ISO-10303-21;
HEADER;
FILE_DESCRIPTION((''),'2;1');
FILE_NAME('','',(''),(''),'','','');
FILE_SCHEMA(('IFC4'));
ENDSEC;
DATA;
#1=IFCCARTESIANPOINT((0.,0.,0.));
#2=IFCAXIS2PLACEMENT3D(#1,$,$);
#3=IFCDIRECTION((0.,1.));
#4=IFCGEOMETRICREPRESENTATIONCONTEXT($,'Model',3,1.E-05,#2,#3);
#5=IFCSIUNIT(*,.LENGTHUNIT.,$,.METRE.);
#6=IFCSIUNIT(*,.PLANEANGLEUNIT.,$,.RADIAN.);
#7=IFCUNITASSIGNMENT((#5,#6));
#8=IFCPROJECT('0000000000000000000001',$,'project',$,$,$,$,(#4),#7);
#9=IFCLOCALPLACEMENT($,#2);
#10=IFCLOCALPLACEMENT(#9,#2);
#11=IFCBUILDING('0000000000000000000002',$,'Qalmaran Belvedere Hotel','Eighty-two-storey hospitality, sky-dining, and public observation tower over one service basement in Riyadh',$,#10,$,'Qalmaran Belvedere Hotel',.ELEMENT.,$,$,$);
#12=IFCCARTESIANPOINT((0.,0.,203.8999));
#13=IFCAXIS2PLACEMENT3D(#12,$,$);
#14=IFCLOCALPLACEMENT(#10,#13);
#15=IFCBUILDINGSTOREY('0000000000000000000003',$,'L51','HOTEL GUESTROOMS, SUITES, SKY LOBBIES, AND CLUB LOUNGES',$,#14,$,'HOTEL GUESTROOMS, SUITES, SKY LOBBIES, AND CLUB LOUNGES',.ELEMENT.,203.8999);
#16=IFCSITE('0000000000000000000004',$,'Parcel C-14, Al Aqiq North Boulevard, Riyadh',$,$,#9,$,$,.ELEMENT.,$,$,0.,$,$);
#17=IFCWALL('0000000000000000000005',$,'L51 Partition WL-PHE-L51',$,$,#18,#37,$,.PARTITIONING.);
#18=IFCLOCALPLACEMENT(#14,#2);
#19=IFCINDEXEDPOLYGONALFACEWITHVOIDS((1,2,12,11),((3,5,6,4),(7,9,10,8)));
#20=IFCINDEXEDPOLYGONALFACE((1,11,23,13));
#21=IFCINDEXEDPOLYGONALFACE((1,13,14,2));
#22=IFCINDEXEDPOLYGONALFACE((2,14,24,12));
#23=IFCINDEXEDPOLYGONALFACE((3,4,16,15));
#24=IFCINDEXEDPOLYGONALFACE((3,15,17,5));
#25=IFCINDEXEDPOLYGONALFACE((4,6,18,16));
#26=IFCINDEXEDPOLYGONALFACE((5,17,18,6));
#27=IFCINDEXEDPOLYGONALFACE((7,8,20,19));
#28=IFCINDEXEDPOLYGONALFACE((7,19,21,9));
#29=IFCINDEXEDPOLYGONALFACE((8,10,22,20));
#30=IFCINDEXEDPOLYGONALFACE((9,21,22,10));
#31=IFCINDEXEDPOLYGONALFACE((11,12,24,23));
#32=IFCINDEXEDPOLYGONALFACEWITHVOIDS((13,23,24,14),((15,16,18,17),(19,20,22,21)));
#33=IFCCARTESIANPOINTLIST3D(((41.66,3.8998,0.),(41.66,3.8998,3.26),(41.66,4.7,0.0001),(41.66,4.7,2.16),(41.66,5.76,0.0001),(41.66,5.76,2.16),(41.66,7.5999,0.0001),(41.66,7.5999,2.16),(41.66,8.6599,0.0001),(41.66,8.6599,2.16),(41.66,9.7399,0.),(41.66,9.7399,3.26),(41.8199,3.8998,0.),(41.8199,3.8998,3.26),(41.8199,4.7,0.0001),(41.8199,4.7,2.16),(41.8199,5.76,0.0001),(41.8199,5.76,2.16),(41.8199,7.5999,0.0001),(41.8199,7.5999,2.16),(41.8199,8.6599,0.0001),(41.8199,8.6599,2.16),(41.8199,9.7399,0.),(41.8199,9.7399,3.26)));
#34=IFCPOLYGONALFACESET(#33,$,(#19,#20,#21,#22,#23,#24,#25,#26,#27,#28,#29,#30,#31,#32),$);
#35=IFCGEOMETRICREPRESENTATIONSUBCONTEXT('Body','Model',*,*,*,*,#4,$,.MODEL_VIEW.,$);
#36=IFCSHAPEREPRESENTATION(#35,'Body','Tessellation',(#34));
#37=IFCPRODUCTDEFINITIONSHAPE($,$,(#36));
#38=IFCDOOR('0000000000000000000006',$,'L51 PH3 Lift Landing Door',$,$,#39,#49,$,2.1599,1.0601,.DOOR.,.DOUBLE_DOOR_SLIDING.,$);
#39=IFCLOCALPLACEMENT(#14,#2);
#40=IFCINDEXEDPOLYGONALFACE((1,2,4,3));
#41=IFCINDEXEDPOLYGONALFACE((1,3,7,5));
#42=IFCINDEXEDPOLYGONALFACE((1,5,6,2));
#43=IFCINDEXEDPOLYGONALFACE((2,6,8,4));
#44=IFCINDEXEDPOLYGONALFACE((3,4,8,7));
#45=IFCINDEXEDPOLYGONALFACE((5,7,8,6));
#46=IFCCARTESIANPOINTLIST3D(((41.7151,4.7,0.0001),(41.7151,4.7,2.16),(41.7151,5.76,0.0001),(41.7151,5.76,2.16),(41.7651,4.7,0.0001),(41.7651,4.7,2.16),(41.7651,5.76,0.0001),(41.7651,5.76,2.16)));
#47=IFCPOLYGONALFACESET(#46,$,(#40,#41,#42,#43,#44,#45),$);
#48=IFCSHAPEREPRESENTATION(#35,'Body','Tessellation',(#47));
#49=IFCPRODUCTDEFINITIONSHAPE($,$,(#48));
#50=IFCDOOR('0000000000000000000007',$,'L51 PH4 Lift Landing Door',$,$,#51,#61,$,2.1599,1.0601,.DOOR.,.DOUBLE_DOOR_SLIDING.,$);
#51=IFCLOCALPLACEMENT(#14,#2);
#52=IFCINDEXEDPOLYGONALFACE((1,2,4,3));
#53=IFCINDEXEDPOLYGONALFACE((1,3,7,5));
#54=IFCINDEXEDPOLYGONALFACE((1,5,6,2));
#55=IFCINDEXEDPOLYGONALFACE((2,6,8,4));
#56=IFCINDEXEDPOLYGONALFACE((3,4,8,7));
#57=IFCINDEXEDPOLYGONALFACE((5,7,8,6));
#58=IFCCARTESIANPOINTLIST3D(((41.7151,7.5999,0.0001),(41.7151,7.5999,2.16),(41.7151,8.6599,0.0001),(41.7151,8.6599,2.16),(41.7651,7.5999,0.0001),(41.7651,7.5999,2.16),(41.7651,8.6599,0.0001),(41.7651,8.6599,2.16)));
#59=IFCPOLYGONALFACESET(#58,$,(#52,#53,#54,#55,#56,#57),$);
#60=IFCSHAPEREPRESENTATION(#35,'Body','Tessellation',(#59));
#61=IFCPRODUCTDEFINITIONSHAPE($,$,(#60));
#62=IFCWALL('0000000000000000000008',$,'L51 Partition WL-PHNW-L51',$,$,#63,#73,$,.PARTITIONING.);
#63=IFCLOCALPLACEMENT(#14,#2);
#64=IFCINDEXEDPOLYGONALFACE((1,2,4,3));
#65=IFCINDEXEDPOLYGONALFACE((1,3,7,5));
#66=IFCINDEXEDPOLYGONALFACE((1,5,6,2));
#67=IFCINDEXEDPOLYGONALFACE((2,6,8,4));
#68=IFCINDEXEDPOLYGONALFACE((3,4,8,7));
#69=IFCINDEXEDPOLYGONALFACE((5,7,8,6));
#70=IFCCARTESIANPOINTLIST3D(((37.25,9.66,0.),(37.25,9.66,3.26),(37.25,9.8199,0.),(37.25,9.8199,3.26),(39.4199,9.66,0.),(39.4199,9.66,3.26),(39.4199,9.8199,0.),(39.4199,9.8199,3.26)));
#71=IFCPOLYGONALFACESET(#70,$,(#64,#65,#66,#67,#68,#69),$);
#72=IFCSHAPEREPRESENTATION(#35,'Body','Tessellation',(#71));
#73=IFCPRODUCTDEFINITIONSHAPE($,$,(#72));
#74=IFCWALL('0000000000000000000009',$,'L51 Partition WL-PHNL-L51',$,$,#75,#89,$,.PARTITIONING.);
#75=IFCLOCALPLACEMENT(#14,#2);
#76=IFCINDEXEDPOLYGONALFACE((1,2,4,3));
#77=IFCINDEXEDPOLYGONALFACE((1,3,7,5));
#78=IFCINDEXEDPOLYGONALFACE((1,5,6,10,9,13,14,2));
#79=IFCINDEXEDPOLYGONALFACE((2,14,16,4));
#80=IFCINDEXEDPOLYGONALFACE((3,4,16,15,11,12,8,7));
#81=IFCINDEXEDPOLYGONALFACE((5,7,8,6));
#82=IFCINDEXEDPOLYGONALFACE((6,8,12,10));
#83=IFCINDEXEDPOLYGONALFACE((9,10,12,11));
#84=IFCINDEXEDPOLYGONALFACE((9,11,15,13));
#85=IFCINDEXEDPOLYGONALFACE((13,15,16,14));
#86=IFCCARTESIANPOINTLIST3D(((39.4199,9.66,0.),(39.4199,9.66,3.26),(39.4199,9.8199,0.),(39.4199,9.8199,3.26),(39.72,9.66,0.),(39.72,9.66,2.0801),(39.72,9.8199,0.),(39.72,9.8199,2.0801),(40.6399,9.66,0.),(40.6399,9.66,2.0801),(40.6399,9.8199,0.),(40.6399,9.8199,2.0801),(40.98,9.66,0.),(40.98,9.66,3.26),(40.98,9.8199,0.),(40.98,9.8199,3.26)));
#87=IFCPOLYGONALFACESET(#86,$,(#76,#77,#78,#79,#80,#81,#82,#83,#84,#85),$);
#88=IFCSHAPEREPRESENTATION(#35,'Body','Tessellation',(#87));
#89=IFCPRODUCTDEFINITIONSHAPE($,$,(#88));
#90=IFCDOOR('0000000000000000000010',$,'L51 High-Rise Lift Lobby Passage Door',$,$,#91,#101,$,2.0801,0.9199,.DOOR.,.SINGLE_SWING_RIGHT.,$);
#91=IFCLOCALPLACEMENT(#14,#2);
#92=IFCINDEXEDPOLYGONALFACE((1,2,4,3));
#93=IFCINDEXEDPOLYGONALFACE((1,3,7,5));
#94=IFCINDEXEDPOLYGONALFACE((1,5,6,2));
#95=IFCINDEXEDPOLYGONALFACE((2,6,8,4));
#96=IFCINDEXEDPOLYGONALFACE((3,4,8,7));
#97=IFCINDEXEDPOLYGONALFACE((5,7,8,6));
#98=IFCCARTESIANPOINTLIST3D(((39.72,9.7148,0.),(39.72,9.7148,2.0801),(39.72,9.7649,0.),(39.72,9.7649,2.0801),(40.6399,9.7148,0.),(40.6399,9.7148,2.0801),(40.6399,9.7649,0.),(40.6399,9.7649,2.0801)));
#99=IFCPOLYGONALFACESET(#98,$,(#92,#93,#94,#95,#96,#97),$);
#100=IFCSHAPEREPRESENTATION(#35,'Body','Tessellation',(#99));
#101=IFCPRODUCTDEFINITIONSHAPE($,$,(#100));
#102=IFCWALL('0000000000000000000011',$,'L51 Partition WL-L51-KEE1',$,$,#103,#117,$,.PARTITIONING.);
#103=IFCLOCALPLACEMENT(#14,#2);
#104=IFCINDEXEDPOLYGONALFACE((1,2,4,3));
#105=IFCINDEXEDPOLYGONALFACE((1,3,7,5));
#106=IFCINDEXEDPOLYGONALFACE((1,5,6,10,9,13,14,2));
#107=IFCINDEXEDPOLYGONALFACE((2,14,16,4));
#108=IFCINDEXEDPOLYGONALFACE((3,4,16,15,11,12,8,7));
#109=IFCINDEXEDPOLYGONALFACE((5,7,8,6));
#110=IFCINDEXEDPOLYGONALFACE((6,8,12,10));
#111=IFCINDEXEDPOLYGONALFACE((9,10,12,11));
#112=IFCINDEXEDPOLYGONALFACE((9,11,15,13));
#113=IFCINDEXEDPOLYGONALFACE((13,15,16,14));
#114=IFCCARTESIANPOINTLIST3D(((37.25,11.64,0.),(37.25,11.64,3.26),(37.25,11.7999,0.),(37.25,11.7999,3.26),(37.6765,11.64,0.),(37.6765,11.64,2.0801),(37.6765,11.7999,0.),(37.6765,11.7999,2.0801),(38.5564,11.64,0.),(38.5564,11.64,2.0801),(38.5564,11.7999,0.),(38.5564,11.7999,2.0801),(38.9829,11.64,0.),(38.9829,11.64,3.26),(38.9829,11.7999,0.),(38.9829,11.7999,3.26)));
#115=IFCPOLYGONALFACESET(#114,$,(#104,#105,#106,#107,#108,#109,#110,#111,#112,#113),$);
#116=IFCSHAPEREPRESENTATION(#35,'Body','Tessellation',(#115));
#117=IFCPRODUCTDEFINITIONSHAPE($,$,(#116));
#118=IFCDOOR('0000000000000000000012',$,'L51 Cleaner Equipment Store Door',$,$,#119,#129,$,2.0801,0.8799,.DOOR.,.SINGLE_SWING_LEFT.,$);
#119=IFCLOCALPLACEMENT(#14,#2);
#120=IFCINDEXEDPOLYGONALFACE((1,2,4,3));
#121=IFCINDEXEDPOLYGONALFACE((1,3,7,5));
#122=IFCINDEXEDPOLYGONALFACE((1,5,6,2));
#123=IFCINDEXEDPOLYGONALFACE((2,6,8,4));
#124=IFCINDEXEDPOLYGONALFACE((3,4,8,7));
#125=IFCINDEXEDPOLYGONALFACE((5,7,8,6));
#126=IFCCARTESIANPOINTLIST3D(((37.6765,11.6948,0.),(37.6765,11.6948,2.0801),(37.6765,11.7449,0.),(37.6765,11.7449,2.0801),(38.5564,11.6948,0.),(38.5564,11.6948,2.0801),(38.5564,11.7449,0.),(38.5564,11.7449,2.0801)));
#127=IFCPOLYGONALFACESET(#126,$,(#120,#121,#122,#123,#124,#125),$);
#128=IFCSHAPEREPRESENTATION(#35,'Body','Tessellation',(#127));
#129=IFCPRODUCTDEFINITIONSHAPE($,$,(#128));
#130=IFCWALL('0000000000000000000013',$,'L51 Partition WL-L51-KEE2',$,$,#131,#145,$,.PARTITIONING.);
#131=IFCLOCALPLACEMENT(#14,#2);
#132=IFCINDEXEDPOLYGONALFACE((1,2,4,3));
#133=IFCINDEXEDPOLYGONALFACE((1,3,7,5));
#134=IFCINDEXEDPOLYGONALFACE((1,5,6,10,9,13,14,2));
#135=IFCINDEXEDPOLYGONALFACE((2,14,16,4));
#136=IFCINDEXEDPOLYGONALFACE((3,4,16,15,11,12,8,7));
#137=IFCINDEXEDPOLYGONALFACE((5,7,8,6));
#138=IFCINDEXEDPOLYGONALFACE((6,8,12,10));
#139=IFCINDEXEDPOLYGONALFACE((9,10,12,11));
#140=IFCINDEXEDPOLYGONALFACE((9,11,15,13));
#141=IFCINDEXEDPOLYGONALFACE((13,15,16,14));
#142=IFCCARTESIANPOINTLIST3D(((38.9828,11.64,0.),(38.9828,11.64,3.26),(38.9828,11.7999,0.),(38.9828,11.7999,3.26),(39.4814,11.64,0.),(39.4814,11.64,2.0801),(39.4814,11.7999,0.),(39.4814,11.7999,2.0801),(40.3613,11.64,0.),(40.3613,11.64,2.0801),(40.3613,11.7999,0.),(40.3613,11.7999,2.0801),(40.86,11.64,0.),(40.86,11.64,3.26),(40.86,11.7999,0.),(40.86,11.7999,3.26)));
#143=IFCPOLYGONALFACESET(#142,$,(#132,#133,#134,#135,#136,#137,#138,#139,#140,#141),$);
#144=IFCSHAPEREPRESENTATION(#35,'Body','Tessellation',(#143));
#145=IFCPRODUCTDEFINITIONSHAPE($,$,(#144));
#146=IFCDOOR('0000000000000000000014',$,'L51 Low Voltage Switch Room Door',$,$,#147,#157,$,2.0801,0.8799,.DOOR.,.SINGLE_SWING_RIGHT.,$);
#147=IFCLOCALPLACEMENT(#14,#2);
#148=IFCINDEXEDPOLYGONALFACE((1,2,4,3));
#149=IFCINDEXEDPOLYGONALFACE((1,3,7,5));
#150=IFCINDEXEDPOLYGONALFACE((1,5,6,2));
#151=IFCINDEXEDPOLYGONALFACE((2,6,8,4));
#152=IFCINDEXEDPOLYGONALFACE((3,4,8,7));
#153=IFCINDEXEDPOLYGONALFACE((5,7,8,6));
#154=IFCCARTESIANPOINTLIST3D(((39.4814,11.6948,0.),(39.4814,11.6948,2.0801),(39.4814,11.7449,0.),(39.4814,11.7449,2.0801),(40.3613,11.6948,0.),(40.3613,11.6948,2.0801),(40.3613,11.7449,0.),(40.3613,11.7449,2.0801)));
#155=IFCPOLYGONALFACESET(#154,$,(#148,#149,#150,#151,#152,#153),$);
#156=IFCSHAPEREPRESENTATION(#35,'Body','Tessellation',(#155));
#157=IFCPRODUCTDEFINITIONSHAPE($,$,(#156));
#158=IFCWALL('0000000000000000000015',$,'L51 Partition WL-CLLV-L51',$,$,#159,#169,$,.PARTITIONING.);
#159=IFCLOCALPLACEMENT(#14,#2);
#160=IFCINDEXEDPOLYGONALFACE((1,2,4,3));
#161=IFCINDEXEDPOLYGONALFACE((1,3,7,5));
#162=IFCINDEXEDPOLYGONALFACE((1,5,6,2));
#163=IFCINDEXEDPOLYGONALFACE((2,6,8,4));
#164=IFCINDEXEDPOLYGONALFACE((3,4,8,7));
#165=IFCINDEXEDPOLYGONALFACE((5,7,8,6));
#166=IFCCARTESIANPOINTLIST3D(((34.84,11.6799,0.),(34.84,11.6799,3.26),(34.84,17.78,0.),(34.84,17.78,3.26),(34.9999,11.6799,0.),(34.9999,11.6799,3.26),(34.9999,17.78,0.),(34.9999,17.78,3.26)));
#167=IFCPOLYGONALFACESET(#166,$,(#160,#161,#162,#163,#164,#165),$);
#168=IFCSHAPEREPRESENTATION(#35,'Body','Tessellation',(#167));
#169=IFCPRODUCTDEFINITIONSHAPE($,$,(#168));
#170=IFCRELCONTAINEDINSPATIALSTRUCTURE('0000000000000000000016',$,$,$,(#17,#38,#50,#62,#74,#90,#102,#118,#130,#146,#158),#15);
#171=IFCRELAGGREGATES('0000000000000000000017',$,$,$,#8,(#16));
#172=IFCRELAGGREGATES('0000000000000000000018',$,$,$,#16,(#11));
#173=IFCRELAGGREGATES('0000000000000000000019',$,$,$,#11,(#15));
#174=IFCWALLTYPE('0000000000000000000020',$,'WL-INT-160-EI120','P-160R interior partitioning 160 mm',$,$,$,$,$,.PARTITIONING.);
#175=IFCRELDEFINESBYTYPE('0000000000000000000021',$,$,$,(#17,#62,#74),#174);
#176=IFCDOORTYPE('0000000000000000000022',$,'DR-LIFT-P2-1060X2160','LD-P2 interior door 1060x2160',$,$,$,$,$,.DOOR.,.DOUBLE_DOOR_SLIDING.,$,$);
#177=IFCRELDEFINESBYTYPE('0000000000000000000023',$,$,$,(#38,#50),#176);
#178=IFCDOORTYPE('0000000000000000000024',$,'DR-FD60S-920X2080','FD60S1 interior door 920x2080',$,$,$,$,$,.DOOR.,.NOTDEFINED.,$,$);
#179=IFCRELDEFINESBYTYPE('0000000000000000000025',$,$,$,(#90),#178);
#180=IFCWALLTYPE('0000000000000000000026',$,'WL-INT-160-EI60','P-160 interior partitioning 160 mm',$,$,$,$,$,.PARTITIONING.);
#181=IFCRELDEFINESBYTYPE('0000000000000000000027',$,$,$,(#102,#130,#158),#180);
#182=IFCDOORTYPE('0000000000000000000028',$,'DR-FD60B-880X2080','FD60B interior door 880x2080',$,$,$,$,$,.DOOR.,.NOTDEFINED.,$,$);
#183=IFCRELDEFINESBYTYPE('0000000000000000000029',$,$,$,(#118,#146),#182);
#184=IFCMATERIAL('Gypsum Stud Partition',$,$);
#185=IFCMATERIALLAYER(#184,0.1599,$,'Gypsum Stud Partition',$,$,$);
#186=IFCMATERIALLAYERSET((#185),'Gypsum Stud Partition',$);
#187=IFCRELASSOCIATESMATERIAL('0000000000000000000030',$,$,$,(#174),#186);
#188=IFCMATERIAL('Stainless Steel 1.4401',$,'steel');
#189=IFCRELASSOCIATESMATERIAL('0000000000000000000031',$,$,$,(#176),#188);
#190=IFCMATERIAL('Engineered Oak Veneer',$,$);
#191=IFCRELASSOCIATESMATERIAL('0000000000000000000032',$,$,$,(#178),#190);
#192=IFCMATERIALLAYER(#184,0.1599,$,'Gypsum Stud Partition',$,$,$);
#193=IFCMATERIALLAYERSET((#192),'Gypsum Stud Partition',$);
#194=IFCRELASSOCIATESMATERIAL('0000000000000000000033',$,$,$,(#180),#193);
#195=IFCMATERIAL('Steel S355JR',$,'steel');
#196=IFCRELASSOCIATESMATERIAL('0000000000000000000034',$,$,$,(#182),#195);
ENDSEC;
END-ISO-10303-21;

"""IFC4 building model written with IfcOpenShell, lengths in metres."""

from ifc_helpers import new_model, si_unit, direction, frame, frame_2d, origin, place, context, subcontext, project, spatial, rectangle, extrude, material, layer, layer_set, type_object, element, fill, save


model = new_model("IFC4")

# Units and contexts
model_context = context("Model", 3, precision=1e-05, world=origin(), true_north=direction((0.0, 1.0)))
body_context = subcontext(model_context, "Body", "Model", "MODEL_VIEW")
ifc_project = project(units=[si_unit("LENGTHUNIT", "METRE"), si_unit("PLANEANGLEUNIT", "RADIAN")], contexts=[model_context])

# Site, building, storey
site_placement = place(None, origin())
site = spatial("IfcSite", under=ifc_project, at=site_placement, Name="Parcel C-14, Al Aqiq North Boulevard, Riyadh", CompositionType="ELEMENT", RefElevation=0.0)
building_placement = place(site_placement, origin())
building = spatial("IfcBuilding", under=site, at=building_placement, Name="Qalmaran Belvedere Hotel", Description="Eighty-two-storey hospitality, sky-dining, and public observation tower over one service basement in Riyadh", LongName="Qalmaran Belvedere Hotel", CompositionType="ELEMENT")
storey_placement = place(building_placement, frame((0.0, 0.0, 203.8999)))
storey = spatial("IfcBuildingStorey", under=building, at=storey_placement, Name="L51", Description="HOTEL GUESTROOMS, SUITES, SKY LOBBIES, AND CLUB LOUNGES", LongName="HOTEL GUESTROOMS, SUITES, SKY LOBBIES, AND CLUB LOUNGES", CompositionType="ELEMENT", Elevation=203.8999)

# Shared definitions
ifc_material_1 = material(Name="Steel S355JR", Category="steel")

# Shared definitions
ifc_material_2 = material(Name="Gypsum Stud Partition")

# Wall, openings, doors
ifc_layer_1 = layer(ifc_material_2, 0.1599, Name="Gypsum Stud Partition")
ifc_layer_set_1 = layer_set([ifc_layer_1], Name="Gypsum Stud Partition")
wall_type_1 = type_object("IfcWallType", Name="WL-INT-160-EI120", Description="P-160R interior partitioning 160 mm", PredefinedType="PARTITIONING", material=ifc_layer_set_1)
ifc_material_3 = material(Name="Stainless Steel 1.4401", Category="steel")
door_type_1 = type_object("IfcDoorType", Name="DR-LIFT-P2-1060X2160", Description="LD-P2 interior door 1060x2160", OperationType="DOUBLE_DOOR_SLIDING", PredefinedType="DOOR", material=ifc_material_3)
wall_1_placement = place(storey_placement, frame((41.74, 3.8999, 0.0), z_axis=(0.0, 0.0, 1.0), x_axis=(0.0, 1.0, 0.0)))
wall_1 = element("IfcWall", 1, at=wall_1_placement, inside=storey, type_object=wall_type_1, Name="L51 Partition WL-PHE-L51", PredefinedType="PARTITIONING", context=body_context, shape_type="SweptSolid", body=[
    extrude(rectangle(XDim=5.8401, YDim=0.1599, at=frame_2d((2.9199, 0.0))), origin(), (0.0, 0.0, 1.0), 3.26),
])
opening_1_placement = place(wall_1_placement, frame((0.8, 0.0, 0.0)))
opening_1 = element("IfcOpeningElement", 2, at=opening_1_placement, cuts=wall_1, PredefinedType="OPENING", context=body_context, shape_type="SweptSolid", body=[
    extrude(rectangle(XDim=1.0601, YDim=2.1599, at=frame_2d((0.53, 1.0801))), frame((0.0, 0.0898, 0.0), z_axis=(0.0, -1.0, 0.0), x_axis=(1.0, 0.0, 0.0)), (0.0, 0.0, 1.0), 0.1799),
])
opening_2_placement = place(wall_1_placement, frame((3.7, 0.0, 0.0)))
opening_2 = element("IfcOpeningElement", 3, at=opening_2_placement, cuts=wall_1, PredefinedType="OPENING", context=body_context, shape_type="SweptSolid", body=[
    extrude(rectangle(XDim=1.0601, YDim=2.1599, at=frame_2d((0.53, 1.0801))), frame((0.0, 0.0898, 0.0), z_axis=(0.0, -1.0, 0.0), x_axis=(1.0, 0.0, 0.0)), (0.0, 0.0, 1.0), 0.1799),
])
door_1_placement = place(opening_1_placement, origin())
door_1 = element("IfcDoor", 4, at=door_1_placement, inside=storey, type_object=door_type_1, Name="L51 PH3 Lift Landing Door", OperationType="DOUBLE_DOOR_SLIDING", OverallHeight=2.1599, OverallWidth=1.0601, PredefinedType="DOOR", context=body_context, shape_type="SweptSolid", body=[
    extrude(rectangle(XDim=1.0601, YDim=2.1599, at=frame_2d((0.53, 1.0801))), frame((0.0, 0.0249, 0.0), z_axis=(0.0, -1.0, 0.0), x_axis=(1.0, 0.0, 0.0)), (0.0, 0.0, 1.0), 0.05),
])
fill(opening_1, door_1)
door_2_placement = place(opening_2_placement, origin())
door_2 = element("IfcDoor", 5, at=door_2_placement, inside=storey, type_object=door_type_1, Name="L51 PH4 Lift Landing Door", OperationType="DOUBLE_DOOR_SLIDING", OverallHeight=2.1599, OverallWidth=1.0601, PredefinedType="DOOR", context=body_context, shape_type="SweptSolid", body=[
    extrude(rectangle(XDim=1.0601, YDim=2.1599, at=frame_2d((0.53, 1.0801))), frame((0.0, 0.0249, 0.0), z_axis=(0.0, -1.0, 0.0), x_axis=(1.0, 0.0, 0.0)), (0.0, 0.0, 1.0), 0.05),
])
fill(opening_2, door_2)

# Wall
wall_2_placement = place(storey_placement, frame((37.25, 9.74, 0.0), z_axis=(0.0, 0.0, 1.0), x_axis=(1.0, 0.0, 0.0)))
element("IfcWall", 6, at=wall_2_placement, inside=storey, type_object=wall_type_1, Name="L51 Partition WL-PHNW-L51", PredefinedType="PARTITIONING", context=body_context, shape_type="SweptSolid", body=[
    extrude(rectangle(XDim=2.1699, YDim=0.1599, at=frame_2d((1.085, 0.0))), origin(), (0.0, 0.0, 1.0), 3.26),
])

# Walls, openings, doors
wall_3_placement = place(storey_placement, frame((39.4199, 9.74, 0.0), z_axis=(0.0, 0.0, 1.0), x_axis=(1.0, 0.0, 0.0)))
wall_3 = element("IfcWall", 7, at=wall_3_placement, inside=storey, type_object=wall_type_1, Name="L51 Partition WL-PHNL-L51", PredefinedType="PARTITIONING", context=body_context, shape_type="SweptSolid", body=[
    extrude(rectangle(XDim=1.5601, YDim=0.1599, at=frame_2d((0.78, 0.0))), origin(), (0.0, 0.0, 1.0), 3.26),
])
opening_3_placement = place(wall_3_placement, frame((0.3, 0.0, 0.0)))
opening_3 = element("IfcOpeningElement", 8, at=opening_3_placement, cuts=wall_3, PredefinedType="OPENING", context=body_context, shape_type="SweptSolid", body=[
    extrude(rectangle(XDim=0.9199, YDim=2.0801, at=frame_2d((0.46, 1.04))), frame((0.0, 0.0898, 0.0), z_axis=(0.0, -1.0, 0.0), x_axis=(1.0, 0.0, 0.0)), (0.0, 0.0, 1.0), 0.1799),
])
ifc_material_4 = material(Name="Engineered Oak Veneer")
door_type_2 = type_object("IfcDoorType", Name="DR-FD60S-920X2080", Description="FD60S1 interior door 920x2080", OperationType="NOTDEFINED", PredefinedType="DOOR", material=ifc_material_4)
door_3_placement = place(opening_3_placement, origin())
door_3 = element("IfcDoor", 9, at=door_3_placement, inside=storey, type_object=door_type_2, Name="L51 High-Rise Lift Lobby Passage Door", OperationType="SINGLE_SWING_RIGHT", OverallHeight=2.0801, OverallWidth=0.9199, PredefinedType="DOOR", context=body_context, shape_type="SweptSolid", body=[
    extrude(rectangle(XDim=0.9199, YDim=2.0801, at=frame_2d((0.46, 1.04))), frame((0.0, 0.0249, 0.0), z_axis=(0.0, -1.0, 0.0), x_axis=(1.0, 0.0, 0.0)), (0.0, 0.0, 1.0), 0.05),
])
fill(opening_3, door_3)
ifc_layer_2 = layer(ifc_material_2, 0.1599, Name="Gypsum Stud Partition")
ifc_layer_set_2 = layer_set([ifc_layer_2], Name="Gypsum Stud Partition")
wall_type_2 = type_object("IfcWallType", Name="WL-INT-160-EI60", Description="P-160 interior partitioning 160 mm", PredefinedType="PARTITIONING", material=ifc_layer_set_2)
wall_4_placement = place(storey_placement, frame((37.25, 11.72, 0.0), z_axis=(0.0, 0.0, 1.0), x_axis=(1.0, 0.0, 0.0)))
wall_4 = element("IfcWall", 10, at=wall_4_placement, inside=storey, type_object=wall_type_2, Name="L51 Partition WL-L51-KEE1", PredefinedType="PARTITIONING", context=body_context, shape_type="SweptSolid", body=[
    extrude(rectangle(XDim=1.7329, YDim=0.1599, at=frame_2d((0.8665, 0.0))), origin(), (0.0, 0.0, 1.0), 3.26),
])
opening_4_placement = place(wall_4_placement, frame((0.4265, 0.0, 0.0)))
opening_4 = element("IfcOpeningElement", 11, at=opening_4_placement, cuts=wall_4, PredefinedType="OPENING", context=body_context, shape_type="SweptSolid", body=[
    extrude(rectangle(XDim=0.8799, YDim=2.0801, at=frame_2d((0.4399, 1.04))), frame((0.0, 0.0898, 0.0), z_axis=(0.0, -1.0, 0.0), x_axis=(1.0, 0.0, 0.0)), (0.0, 0.0, 1.0), 0.1799),
])
door_type_3 = type_object("IfcDoorType", Name="DR-FD60B-880X2080", Description="FD60B interior door 880x2080", OperationType="NOTDEFINED", PredefinedType="DOOR", material=ifc_material_1)
door_4_placement = place(opening_4_placement, origin())
door_4 = element("IfcDoor", 12, at=door_4_placement, inside=storey, type_object=door_type_3, Name="L51 Cleaner Equipment Store Door", OperationType="SINGLE_SWING_LEFT", OverallHeight=2.0801, OverallWidth=0.8799, PredefinedType="DOOR", context=body_context, shape_type="SweptSolid", body=[
    extrude(rectangle(XDim=0.8799, YDim=2.0801, at=frame_2d((0.4399, 1.04))), frame((0.0, 0.0249, 0.0), z_axis=(0.0, -1.0, 0.0), x_axis=(1.0, 0.0, 0.0)), (0.0, 0.0, 1.0), 0.05),
])
fill(opening_4, door_4)
wall_5_placement = place(storey_placement, frame((38.9829, 11.72, 0.0), z_axis=(0.0, 0.0, 1.0), x_axis=(1.0, 0.0, 0.0)))
wall_5 = element("IfcWall", 13, at=wall_5_placement, inside=storey, type_object=wall_type_2, Name="L51 Partition WL-L51-KEE2", PredefinedType="PARTITIONING", context=body_context, shape_type="SweptSolid", body=[
    extrude(rectangle(XDim=1.8772, YDim=0.1599, at=frame_2d((0.9385, 0.0))), origin(), (0.0, 0.0, 1.0), 3.26),
])
opening_5_placement = place(wall_5_placement, frame((0.4985, 0.0, 0.0)))
opening_5 = element("IfcOpeningElement", 14, at=opening_5_placement, cuts=wall_5, PredefinedType="OPENING", context=body_context, shape_type="SweptSolid", body=[
    extrude(rectangle(XDim=0.8799, YDim=2.0801, at=frame_2d((0.4399, 1.04))), frame((0.0, 0.0898, 0.0), z_axis=(0.0, -1.0, 0.0), x_axis=(1.0, 0.0, 0.0)), (0.0, 0.0, 1.0), 0.1799),
])
door_5_placement = place(opening_5_placement, origin())
door_5 = element("IfcDoor", 15, at=door_5_placement, inside=storey, type_object=door_type_3, Name="L51 Low Voltage Switch Room Door", OperationType="SINGLE_SWING_RIGHT", OverallHeight=2.0801, OverallWidth=0.8799, PredefinedType="DOOR", context=body_context, shape_type="SweptSolid", body=[
    extrude(rectangle(XDim=0.8799, YDim=2.0801, at=frame_2d((0.4399, 1.04))), frame((0.0, 0.0249, 0.0), z_axis=(0.0, -1.0, 0.0), x_axis=(1.0, 0.0, 0.0)), (0.0, 0.0, 1.0), 0.05),
])
fill(opening_5, door_5)

# Wall
wall_6_placement = place(storey_placement, frame((34.9199, 11.6799, 0.0), z_axis=(0.0, 0.0, 1.0), x_axis=(0.0, 1.0, 0.0)))
element("IfcWall", 16, at=wall_6_placement, inside=storey, type_object=wall_type_2, Name="L51 Partition WL-CLLV-L51", PredefinedType="PARTITIONING", context=body_context, shape_type="SweptSolid", body=[
    extrude(rectangle(XDim=6.1001, YDim=0.1599, at=frame_2d((3.05, 0.0))), origin(), (0.0, 0.0, 1.0), 3.26),
])

save(model, "model.ifc")
